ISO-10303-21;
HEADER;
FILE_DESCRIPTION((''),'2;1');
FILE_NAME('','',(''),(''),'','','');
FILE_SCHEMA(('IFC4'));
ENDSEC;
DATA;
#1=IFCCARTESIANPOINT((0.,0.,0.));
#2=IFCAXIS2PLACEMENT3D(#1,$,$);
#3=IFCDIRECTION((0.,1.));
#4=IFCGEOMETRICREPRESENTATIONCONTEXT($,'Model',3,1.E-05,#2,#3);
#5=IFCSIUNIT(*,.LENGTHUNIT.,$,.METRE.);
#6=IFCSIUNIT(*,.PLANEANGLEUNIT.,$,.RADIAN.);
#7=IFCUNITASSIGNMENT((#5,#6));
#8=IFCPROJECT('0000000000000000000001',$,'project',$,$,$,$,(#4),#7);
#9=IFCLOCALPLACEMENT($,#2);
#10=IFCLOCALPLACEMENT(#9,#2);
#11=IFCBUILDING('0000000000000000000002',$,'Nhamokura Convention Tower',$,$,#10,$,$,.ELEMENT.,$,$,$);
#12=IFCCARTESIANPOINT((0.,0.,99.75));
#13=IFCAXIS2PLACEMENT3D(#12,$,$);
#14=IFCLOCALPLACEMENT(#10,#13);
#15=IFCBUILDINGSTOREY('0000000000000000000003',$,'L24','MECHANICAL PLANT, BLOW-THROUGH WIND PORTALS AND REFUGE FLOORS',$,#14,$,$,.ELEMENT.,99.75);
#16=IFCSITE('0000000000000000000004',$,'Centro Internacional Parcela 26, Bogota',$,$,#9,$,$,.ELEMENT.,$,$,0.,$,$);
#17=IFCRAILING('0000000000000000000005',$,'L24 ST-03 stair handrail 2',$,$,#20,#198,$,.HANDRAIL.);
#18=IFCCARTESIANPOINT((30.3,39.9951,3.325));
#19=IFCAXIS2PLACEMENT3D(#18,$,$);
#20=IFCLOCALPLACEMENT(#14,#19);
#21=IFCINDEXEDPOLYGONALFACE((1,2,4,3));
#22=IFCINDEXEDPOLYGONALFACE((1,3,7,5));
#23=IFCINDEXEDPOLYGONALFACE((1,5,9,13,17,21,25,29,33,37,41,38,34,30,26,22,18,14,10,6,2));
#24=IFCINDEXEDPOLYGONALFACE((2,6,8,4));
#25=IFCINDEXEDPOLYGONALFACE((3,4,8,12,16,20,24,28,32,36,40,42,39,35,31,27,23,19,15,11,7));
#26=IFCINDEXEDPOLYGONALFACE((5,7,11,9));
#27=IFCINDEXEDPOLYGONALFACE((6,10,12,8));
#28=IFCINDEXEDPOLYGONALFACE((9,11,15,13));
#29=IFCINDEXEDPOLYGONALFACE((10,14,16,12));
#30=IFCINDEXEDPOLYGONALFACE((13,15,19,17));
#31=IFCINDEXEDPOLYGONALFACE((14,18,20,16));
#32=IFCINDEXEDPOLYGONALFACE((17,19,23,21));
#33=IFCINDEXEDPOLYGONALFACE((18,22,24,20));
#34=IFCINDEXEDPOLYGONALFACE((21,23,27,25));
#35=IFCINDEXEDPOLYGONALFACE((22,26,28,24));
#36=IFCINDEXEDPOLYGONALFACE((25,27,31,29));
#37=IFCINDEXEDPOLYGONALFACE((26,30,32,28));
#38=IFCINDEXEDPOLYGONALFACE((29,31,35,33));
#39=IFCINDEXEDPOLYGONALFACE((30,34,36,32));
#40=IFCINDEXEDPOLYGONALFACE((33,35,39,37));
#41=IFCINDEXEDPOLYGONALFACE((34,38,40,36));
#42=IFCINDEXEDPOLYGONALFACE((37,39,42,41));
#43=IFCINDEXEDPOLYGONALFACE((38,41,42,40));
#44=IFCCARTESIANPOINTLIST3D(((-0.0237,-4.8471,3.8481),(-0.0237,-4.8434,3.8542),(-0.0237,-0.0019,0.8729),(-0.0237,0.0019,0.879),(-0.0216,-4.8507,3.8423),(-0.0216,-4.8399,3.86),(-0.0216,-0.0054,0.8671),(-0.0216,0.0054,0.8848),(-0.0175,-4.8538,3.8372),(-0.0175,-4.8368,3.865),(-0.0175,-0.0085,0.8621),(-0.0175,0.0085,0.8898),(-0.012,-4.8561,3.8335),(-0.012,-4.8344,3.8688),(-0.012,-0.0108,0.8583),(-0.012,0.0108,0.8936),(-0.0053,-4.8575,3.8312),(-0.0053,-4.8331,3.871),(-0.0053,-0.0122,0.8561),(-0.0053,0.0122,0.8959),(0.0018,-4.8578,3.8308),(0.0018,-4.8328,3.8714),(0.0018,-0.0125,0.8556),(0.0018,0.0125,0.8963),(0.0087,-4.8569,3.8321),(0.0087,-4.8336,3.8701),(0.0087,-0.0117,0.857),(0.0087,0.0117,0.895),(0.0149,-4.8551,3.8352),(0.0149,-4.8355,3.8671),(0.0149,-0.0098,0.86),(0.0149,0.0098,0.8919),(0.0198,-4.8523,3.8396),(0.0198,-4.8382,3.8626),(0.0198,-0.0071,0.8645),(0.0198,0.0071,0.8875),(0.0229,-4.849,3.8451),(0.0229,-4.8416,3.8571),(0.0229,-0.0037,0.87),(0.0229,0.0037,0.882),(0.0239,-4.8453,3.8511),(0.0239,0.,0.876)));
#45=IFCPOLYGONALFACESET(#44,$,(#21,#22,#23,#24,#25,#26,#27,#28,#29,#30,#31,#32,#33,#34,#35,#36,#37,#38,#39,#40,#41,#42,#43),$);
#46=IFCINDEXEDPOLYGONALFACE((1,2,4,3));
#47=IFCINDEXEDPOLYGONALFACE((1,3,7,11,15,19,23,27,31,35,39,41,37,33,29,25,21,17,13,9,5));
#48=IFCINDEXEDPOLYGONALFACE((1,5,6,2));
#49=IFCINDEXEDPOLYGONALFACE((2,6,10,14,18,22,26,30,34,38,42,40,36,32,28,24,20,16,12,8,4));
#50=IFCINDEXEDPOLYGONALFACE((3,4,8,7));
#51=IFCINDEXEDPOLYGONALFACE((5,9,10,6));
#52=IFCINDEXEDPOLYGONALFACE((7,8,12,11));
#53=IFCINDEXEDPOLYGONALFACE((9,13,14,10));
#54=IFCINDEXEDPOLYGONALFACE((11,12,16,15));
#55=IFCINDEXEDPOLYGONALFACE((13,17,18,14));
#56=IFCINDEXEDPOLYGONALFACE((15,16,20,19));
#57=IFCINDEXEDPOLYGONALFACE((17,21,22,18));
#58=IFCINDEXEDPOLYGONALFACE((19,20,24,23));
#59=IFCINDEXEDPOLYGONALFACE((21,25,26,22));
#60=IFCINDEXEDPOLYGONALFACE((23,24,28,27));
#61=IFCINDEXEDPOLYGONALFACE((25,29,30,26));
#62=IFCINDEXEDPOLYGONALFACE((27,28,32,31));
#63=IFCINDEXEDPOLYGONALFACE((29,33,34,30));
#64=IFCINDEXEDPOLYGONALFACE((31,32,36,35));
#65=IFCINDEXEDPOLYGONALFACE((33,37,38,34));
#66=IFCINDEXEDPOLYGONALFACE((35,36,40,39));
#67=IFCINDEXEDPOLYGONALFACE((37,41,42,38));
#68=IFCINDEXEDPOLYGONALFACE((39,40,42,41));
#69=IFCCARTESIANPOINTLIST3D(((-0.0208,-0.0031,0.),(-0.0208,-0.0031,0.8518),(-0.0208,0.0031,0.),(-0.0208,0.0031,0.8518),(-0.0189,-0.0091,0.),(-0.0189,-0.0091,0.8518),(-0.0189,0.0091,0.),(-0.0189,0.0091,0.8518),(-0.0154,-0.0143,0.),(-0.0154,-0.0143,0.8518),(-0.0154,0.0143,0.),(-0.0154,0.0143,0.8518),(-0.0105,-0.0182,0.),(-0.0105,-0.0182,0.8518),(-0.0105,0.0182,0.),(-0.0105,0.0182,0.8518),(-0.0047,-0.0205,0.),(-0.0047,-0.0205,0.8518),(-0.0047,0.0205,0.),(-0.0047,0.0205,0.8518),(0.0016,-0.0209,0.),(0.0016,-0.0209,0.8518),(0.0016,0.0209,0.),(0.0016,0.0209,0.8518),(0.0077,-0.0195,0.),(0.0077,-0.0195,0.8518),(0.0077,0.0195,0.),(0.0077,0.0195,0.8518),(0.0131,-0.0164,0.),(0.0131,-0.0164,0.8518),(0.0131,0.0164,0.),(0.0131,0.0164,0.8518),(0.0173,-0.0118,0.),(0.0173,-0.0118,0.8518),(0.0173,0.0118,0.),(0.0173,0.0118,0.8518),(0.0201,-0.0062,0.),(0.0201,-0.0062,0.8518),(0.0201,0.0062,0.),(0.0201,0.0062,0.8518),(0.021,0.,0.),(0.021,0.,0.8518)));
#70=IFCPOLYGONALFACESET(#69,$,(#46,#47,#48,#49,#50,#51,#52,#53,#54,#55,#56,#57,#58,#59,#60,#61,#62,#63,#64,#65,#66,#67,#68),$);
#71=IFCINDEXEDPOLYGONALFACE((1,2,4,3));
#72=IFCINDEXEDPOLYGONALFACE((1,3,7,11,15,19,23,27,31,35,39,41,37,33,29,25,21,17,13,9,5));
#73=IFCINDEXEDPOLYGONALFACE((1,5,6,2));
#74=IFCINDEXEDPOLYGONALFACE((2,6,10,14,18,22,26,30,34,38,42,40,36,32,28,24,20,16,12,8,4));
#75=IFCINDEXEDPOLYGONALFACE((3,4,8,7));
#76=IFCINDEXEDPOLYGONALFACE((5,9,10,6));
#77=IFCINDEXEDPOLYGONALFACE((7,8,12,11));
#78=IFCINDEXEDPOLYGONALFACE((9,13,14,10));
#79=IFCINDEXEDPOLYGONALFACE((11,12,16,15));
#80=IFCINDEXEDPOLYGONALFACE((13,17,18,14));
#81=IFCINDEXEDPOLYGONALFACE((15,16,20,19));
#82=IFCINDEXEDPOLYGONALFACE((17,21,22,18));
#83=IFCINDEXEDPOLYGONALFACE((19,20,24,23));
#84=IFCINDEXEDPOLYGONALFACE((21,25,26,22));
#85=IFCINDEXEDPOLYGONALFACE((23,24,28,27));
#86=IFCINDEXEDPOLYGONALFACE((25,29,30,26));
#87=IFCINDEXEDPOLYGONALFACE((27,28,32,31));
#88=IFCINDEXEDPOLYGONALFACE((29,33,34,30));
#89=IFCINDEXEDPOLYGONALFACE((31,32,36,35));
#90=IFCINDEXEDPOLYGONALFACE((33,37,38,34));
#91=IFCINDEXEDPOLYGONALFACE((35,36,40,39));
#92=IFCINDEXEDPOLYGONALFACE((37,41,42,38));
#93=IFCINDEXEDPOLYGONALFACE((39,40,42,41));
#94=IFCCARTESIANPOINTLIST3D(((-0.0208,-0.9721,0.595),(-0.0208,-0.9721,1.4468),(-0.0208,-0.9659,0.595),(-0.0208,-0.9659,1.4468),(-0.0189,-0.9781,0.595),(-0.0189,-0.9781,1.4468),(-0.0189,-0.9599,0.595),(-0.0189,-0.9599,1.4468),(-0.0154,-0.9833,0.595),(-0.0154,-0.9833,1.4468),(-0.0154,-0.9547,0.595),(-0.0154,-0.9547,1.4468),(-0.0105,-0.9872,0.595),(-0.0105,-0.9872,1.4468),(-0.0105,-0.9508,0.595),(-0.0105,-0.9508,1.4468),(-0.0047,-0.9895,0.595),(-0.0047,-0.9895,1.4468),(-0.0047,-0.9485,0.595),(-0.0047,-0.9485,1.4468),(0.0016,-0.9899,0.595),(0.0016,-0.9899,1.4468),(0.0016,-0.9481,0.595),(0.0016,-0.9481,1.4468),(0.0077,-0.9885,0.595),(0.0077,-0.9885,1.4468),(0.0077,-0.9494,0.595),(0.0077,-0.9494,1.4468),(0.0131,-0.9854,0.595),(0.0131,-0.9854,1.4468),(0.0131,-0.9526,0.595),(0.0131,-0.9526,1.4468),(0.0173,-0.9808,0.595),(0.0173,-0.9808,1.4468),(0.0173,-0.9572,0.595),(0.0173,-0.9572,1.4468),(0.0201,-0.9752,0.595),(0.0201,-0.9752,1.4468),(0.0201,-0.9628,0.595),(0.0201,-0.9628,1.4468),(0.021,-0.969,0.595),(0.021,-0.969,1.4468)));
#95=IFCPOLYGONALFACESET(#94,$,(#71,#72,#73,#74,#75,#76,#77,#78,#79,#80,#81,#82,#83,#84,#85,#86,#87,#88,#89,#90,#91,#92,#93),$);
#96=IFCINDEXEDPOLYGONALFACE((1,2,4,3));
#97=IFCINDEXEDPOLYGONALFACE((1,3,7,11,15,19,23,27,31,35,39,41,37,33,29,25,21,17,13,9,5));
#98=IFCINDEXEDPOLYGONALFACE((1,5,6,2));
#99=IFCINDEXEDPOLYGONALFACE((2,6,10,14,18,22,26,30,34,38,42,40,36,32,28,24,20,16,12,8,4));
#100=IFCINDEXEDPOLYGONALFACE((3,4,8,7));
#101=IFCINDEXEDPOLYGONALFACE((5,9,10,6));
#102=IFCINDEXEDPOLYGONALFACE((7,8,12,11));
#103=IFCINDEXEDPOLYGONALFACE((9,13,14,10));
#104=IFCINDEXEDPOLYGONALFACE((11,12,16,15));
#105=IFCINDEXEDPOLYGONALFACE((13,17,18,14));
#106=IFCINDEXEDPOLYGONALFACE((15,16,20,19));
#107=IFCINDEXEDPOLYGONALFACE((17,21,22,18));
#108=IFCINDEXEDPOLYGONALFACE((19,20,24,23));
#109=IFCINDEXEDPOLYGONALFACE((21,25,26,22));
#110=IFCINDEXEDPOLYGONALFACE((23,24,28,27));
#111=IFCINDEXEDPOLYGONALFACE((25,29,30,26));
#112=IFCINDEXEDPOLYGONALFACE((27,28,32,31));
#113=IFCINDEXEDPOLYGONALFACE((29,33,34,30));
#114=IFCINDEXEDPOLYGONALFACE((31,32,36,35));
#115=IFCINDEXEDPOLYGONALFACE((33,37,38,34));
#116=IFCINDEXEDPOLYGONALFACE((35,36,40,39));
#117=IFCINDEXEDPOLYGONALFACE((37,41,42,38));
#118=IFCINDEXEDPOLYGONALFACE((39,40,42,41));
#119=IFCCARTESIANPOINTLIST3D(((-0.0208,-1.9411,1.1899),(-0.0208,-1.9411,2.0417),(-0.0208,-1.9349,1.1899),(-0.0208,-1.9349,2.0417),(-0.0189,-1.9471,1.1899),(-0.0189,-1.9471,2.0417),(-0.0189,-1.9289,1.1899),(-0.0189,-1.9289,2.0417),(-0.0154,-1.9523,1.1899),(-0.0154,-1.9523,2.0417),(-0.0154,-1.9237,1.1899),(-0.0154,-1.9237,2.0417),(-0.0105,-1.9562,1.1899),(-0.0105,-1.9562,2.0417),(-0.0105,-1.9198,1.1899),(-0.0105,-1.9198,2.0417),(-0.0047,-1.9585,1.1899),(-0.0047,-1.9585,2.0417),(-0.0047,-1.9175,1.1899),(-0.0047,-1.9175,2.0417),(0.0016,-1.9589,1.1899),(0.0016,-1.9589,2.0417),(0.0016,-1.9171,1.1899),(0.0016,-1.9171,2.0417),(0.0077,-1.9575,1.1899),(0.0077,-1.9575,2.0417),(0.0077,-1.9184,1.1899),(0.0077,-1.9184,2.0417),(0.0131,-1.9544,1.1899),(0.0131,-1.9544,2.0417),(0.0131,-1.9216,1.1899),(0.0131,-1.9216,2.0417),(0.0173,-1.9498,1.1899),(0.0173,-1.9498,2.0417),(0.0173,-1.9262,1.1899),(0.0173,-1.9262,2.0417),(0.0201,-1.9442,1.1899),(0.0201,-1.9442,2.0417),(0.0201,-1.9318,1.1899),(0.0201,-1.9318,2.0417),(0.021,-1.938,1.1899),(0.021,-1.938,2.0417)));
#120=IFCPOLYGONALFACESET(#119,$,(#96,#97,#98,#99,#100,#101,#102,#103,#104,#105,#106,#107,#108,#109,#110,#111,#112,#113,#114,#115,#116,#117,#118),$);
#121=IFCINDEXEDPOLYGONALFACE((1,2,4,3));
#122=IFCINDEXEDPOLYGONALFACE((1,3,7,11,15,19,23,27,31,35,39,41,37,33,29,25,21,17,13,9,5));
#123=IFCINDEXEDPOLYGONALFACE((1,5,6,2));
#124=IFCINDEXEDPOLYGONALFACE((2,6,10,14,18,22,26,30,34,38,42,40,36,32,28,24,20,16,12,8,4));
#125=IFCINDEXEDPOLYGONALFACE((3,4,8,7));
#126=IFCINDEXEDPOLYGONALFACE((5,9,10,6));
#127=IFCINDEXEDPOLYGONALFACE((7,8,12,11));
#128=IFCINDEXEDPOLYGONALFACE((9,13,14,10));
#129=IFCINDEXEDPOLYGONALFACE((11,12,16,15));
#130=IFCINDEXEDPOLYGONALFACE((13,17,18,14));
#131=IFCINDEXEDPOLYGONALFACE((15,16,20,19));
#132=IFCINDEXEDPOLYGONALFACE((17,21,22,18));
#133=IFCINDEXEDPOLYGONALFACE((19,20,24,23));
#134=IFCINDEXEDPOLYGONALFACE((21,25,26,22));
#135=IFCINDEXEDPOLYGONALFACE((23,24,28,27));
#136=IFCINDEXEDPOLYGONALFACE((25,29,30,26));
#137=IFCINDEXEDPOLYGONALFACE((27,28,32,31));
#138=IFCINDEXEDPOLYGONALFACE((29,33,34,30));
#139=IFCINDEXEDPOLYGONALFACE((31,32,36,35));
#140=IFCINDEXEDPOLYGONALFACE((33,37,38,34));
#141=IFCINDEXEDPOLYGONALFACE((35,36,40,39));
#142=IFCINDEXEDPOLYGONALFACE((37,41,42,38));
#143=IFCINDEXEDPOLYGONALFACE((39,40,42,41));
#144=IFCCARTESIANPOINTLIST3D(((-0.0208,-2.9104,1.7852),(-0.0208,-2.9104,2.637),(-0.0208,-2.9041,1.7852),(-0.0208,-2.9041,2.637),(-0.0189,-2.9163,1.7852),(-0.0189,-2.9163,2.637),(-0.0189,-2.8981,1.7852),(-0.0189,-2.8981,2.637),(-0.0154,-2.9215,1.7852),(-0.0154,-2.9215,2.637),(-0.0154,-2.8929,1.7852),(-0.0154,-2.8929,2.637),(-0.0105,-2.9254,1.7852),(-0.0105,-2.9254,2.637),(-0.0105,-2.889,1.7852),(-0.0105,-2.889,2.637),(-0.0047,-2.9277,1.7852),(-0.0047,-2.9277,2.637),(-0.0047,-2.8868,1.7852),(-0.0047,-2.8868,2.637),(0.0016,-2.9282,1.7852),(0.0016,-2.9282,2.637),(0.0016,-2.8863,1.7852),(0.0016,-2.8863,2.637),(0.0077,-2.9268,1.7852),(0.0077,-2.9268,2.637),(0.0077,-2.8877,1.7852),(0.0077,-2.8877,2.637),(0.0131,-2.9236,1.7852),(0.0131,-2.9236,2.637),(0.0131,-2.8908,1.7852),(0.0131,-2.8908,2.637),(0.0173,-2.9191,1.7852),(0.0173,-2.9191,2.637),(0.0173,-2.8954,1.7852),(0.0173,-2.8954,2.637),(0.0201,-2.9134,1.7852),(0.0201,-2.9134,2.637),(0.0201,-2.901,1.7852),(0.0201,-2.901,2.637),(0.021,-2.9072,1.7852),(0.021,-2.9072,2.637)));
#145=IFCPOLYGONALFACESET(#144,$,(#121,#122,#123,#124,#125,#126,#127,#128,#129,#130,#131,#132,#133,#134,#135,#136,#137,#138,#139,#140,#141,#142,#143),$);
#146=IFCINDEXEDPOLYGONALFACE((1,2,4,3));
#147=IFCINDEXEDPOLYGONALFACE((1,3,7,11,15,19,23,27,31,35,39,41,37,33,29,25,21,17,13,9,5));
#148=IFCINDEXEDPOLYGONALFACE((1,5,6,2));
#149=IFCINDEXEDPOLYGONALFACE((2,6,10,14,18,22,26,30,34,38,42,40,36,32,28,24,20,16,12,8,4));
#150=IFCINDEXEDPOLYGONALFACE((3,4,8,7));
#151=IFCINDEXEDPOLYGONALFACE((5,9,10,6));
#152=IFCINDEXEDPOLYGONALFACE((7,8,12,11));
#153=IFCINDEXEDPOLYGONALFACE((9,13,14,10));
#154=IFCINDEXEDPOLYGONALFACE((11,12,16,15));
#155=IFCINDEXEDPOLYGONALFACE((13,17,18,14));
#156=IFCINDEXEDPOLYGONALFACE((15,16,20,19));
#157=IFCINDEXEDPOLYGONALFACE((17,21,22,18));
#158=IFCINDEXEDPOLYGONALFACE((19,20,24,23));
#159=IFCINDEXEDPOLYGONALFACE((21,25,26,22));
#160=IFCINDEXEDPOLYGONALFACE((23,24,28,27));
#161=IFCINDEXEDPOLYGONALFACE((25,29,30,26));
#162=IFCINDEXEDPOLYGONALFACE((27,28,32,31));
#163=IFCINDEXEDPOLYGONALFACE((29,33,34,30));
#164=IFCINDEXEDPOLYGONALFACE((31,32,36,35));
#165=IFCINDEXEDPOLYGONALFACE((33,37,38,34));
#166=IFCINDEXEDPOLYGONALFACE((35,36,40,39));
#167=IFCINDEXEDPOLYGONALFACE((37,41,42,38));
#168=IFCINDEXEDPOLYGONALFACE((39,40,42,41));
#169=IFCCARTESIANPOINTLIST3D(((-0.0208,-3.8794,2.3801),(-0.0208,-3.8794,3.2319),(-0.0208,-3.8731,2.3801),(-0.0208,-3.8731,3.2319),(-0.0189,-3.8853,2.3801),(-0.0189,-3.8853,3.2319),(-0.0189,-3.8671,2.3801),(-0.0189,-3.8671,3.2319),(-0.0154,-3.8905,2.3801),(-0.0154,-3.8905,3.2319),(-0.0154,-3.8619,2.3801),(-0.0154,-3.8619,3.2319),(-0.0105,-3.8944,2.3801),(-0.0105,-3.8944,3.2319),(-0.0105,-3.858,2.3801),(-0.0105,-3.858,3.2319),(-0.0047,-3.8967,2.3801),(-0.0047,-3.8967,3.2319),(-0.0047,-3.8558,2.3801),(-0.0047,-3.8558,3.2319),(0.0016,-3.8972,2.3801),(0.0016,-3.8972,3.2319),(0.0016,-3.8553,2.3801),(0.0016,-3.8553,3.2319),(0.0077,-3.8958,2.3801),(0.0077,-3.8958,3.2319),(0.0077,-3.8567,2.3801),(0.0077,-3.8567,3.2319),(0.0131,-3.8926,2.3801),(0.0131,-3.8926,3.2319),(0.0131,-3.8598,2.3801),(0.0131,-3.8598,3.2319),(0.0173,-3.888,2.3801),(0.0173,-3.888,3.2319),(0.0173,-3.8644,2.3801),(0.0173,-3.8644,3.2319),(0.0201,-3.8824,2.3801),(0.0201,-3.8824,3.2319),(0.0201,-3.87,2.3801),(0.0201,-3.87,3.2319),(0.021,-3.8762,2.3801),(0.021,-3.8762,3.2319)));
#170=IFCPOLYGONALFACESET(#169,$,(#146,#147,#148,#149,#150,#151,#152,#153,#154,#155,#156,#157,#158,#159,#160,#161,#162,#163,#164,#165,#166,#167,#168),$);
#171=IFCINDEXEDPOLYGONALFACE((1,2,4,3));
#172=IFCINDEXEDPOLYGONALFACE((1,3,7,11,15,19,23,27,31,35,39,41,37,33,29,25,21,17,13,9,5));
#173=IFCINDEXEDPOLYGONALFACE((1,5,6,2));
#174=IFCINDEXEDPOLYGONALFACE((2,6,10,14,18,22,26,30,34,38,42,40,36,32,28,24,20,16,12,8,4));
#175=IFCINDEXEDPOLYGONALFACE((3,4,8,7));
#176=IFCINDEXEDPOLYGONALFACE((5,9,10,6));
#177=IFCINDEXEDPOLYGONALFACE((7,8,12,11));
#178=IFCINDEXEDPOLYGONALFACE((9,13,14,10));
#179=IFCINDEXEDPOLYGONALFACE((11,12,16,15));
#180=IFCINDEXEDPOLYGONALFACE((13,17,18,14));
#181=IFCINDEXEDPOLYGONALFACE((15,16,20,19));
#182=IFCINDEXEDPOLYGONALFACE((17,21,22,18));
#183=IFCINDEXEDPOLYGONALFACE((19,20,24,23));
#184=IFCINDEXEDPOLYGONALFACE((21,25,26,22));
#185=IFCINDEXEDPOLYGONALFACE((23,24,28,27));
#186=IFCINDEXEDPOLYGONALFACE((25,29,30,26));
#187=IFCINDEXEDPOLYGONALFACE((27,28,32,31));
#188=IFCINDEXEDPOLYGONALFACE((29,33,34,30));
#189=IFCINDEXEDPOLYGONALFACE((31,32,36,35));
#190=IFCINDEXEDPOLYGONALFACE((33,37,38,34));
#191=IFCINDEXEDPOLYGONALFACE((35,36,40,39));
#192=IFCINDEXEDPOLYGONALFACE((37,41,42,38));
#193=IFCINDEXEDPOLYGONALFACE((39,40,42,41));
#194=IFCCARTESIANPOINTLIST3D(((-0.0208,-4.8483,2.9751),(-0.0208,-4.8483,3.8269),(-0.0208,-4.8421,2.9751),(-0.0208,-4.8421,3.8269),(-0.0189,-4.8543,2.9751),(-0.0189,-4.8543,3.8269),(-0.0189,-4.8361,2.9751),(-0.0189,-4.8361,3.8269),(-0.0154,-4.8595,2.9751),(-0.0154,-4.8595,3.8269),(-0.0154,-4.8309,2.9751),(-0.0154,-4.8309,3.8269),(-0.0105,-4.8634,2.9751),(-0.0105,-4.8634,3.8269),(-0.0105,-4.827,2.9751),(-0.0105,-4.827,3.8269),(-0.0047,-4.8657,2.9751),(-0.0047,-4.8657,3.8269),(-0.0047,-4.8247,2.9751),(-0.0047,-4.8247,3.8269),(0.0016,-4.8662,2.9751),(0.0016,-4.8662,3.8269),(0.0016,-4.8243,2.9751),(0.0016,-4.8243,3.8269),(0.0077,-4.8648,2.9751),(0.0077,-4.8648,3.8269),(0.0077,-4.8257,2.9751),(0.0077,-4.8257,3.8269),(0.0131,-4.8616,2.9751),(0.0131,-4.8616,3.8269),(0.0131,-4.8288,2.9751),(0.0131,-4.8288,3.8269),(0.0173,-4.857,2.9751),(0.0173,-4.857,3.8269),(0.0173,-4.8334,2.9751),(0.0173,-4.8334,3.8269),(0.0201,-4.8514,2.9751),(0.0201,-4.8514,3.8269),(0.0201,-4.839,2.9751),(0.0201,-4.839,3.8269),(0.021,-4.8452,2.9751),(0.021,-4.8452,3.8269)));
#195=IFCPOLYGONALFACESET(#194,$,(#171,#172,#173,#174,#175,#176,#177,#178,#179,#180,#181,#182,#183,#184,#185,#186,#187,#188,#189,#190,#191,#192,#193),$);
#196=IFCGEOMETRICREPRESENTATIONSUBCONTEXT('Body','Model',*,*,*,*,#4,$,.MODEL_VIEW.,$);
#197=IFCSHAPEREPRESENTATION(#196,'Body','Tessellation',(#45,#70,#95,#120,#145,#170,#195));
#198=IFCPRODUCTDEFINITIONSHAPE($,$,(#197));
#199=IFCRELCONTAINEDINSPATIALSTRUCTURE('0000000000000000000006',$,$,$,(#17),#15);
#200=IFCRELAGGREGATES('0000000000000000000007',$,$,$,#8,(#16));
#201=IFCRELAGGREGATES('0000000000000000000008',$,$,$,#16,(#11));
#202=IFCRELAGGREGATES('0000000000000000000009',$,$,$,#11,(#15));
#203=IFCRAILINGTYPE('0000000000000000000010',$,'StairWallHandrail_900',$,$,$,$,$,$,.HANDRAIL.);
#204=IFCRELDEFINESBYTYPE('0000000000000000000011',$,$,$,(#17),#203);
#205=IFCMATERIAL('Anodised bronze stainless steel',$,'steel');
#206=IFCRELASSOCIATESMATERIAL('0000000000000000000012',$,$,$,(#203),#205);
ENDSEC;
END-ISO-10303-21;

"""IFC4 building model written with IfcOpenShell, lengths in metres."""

from ifc_helpers import new_model, si_unit, direction, frame, origin, origin_2d, place, context, subcontext, project, spatial, circle, extrude, material, type_object, element, save


model = new_model("IFC4")

# Units and contexts
model_context = context("Model", 3, precision=1e-05, world=origin(), true_north=direction((0.0, 1.0)))
body_context = subcontext(model_context, "Body", "Model", "MODEL_VIEW")
ifc_project = project(units=[si_unit("LENGTHUNIT", "METRE"), si_unit("PLANEANGLEUNIT", "RADIAN")], contexts=[model_context])

# Site, building, storey
site_placement = place(None, origin())
site = spatial("IfcSite", under=ifc_project, at=site_placement, Name="Centro Internacional Parcela 26, Bogota", CompositionType="ELEMENT", RefElevation=0.0)
building_placement = place(site_placement, origin())
building = spatial("IfcBuilding", under=site, at=building_placement, Name="Nhamokura Convention Tower", CompositionType="ELEMENT")
storey_placement = place(building_placement, frame((0.0, 0.0, 99.75)))
storey = spatial("IfcBuildingStorey", under=building, at=storey_placement, Name="L24", Description="MECHANICAL PLANT, BLOW-THROUGH WIND PORTALS AND REFUGE FLOORS", CompositionType="ELEMENT", Elevation=99.75)

# Railing
ifc_material_1 = material(Name="Anodised bronze stainless steel", Category="steel")
railing_type_1 = type_object("IfcRailingType", Name="StairWallHandrail_900", PredefinedType="HANDRAIL", material=ifc_material_1)
railing_1_placement = place(storey_placement, frame((30.3, 39.9951, 3.325)))
element("IfcRailing", 1, at=railing_1_placement, inside=storey, type_object=railing_type_1, Name="L24 ST-03 stair handrail 2", PredefinedType="HANDRAIL", context=body_context, shape_type="SweptSolid", body=[
    extrude(circle(Radius=0.0239, at=origin_2d()), frame((0.0, 0.0, 0.876), z_axis=(0.0, -0.852174, 0.523259), x_axis=(1.0, 0.0, 0.0)), (0.0, 0.0, 1.0), 5.6858),
    extrude(circle(Radius=0.021, at=origin_2d()), origin(), (0.0, 0.0, 1.0), 0.8518),
    extrude(circle(Radius=0.021, at=origin_2d()), frame((0.0, -0.969, 0.595)), (0.0, 0.0, 1.0), 0.8518),
    extrude(circle(Radius=0.021, at=origin_2d()), frame((0.0, -1.938, 1.1899)), (0.0, 0.0, 1.0), 0.8518),
    extrude(circle(Radius=0.021, at=origin_2d()), frame((0.0, -2.9072, 1.7852)), (0.0, 0.0, 1.0), 0.8518),
    extrude(circle(Radius=0.021, at=origin_2d()), frame((0.0, -3.8762, 2.3801)), (0.0, 0.0, 1.0), 0.8518),
    extrude(circle(Radius=0.021, at=origin_2d()), frame((0.0, -4.8452, 2.9751)), (0.0, 0.0, 1.0), 0.8518),
])

save(model, "model.ifc")
